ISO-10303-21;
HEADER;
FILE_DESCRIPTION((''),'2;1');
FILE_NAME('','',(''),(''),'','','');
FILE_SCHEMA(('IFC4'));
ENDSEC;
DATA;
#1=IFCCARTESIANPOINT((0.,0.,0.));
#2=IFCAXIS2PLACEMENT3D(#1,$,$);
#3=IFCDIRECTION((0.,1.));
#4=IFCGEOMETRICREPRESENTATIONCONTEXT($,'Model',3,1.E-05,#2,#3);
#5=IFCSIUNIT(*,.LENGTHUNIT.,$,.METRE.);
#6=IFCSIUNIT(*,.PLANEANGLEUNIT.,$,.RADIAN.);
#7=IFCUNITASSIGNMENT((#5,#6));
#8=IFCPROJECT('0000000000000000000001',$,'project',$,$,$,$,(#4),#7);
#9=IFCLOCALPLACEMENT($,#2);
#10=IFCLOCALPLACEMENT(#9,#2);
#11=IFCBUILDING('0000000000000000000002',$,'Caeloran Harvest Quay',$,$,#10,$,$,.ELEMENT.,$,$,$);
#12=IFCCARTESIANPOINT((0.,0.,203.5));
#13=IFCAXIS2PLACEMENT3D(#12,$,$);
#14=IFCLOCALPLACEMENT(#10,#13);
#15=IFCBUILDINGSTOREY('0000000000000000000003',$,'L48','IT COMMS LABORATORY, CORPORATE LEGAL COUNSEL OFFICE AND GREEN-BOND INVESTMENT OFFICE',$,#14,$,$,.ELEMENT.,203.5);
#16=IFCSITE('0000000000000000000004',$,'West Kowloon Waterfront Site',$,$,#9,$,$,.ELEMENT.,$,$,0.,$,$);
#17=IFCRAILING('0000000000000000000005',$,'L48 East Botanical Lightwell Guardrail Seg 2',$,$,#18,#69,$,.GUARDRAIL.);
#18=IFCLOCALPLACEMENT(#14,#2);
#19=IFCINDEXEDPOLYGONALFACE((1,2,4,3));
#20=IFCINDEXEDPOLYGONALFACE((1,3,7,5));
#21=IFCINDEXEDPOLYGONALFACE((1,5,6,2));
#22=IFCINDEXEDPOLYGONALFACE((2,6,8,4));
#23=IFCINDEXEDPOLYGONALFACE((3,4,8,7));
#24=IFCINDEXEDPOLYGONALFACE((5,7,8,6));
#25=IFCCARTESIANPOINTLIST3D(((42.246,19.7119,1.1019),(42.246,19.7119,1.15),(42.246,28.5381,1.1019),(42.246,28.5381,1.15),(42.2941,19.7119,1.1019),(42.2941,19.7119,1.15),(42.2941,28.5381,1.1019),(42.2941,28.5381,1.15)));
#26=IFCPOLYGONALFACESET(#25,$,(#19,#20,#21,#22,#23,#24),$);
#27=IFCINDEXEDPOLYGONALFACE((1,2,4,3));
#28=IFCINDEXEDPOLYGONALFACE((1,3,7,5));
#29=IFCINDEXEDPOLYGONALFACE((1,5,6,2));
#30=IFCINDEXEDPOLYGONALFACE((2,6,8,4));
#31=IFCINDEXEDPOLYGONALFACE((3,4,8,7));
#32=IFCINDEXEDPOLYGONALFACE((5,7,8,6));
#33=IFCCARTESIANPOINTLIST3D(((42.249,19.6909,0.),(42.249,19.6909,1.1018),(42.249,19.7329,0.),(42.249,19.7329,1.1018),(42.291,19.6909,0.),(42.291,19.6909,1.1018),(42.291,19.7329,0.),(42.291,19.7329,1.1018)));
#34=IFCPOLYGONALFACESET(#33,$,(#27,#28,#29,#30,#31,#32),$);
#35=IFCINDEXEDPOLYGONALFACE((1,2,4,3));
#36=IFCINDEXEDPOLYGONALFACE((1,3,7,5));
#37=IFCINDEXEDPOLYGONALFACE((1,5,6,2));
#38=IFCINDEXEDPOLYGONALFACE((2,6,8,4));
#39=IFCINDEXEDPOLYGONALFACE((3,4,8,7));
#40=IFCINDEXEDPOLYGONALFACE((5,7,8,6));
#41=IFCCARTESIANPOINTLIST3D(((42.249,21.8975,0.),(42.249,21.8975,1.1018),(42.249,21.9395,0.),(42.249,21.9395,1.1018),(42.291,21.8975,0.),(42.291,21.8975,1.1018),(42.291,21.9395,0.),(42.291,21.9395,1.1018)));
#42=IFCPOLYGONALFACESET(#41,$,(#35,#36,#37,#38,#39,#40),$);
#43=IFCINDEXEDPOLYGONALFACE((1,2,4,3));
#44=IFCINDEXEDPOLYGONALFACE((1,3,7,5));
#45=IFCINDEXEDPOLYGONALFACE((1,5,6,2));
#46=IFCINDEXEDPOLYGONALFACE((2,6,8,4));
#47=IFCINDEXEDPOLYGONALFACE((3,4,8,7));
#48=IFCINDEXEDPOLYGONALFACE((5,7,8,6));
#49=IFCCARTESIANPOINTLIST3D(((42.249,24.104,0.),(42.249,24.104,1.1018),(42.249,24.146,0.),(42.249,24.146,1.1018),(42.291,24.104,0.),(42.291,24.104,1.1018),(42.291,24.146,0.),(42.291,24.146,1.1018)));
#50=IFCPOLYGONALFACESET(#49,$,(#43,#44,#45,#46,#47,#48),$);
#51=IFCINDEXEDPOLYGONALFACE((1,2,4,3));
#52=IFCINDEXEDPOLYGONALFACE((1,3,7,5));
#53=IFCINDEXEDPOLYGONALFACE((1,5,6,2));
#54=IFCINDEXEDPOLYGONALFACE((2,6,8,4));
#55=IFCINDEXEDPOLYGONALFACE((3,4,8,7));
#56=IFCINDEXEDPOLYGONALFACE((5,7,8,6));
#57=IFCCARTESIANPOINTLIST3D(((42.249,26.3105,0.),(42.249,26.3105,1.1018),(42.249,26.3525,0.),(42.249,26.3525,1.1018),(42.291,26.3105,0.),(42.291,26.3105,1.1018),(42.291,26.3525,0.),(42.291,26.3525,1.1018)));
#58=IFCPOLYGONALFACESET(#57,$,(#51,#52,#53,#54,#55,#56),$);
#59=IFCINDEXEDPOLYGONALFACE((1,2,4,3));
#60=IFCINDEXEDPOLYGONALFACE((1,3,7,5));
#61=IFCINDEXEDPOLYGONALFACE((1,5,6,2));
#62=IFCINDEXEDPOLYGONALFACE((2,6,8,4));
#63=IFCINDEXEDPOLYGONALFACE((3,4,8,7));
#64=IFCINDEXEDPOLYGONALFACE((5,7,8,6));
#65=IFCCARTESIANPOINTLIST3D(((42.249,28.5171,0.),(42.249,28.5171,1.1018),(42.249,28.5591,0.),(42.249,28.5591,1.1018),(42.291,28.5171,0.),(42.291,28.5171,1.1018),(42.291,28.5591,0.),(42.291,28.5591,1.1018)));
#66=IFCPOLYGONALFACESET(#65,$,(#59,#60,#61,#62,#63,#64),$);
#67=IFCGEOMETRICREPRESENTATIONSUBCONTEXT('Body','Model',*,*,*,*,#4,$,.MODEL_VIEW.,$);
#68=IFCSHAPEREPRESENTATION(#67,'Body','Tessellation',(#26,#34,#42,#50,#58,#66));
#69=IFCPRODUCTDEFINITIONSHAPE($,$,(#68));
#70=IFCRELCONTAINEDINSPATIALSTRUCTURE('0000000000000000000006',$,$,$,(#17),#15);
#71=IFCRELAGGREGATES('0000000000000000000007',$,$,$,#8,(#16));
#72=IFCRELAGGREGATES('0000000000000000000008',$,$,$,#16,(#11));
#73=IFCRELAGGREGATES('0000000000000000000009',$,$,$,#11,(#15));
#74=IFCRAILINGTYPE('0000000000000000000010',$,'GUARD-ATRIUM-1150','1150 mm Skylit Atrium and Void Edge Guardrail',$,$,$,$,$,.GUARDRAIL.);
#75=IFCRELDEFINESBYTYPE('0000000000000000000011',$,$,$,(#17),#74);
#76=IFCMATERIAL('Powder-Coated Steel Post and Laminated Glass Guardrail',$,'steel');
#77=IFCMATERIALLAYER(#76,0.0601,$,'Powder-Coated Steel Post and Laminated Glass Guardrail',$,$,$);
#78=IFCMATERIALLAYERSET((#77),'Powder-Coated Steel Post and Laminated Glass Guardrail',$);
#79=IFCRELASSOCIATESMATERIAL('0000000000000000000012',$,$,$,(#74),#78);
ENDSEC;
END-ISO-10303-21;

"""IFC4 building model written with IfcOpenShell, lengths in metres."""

from ifc_helpers import new_model, si_unit, direction, frame, origin, origin_2d, place, context, subcontext, project, spatial, rectangle, extrude, material, layer, layer_set, type_object, element, save


model = new_model("IFC4")

# Units and contexts
model_context = context("Model", 3, precision=1e-05, world=origin(), true_north=direction((0.0, 1.0)))
body_context = subcontext(model_context, "Body", "Model", "MODEL_VIEW")
ifc_project = project(units=[si_unit("LENGTHUNIT", "METRE"), si_unit("PLANEANGLEUNIT", "RADIAN")], contexts=[model_context])

# Site, building, storey
site_placement = place(None, origin())
site = spatial("IfcSite", under=ifc_project, at=site_placement, Name="West Kowloon Waterfront Site", CompositionType="ELEMENT", RefElevation=0.0)
building_placement = place(site_placement, origin())
building = spatial("IfcBuilding", under=site, at=building_placement, Name="Caeloran Harvest Quay", CompositionType="ELEMENT")
storey_placement = place(building_placement, frame((0.0, 0.0, 203.5)))
storey = spatial("IfcBuildingStorey", under=building, at=storey_placement, Name="L48", Description="IT COMMS LABORATORY, CORPORATE LEGAL COUNSEL OFFICE AND GREEN-BOND INVESTMENT OFFICE", CompositionType="ELEMENT", Elevation=203.5)

# Railing
ifc_material_1 = material(Name="Powder-Coated Steel Post and Laminated Glass Guardrail", Category="steel")
ifc_layer_1 = layer(ifc_material_1, 0.0601, Name="Powder-Coated Steel Post and Laminated Glass Guardrail")
ifc_layer_set_1 = layer_set([ifc_layer_1], Name="Powder-Coated Steel Post and Laminated Glass Guardrail")
railing_type = type_object("IfcRailingType", Name="GUARD-ATRIUM-1150", Description="1150 mm Skylit Atrium and Void Edge Guardrail", PredefinedType="GUARDRAIL", material=ifc_layer_set_1)
railing_1_placement = place(storey_placement, frame((42.27, 19.7119, 0.0)))
element("IfcRailing", 1, at=railing_1_placement, inside=storey, type_object=railing_type, Name="L48 East Botanical Lightwell Guardrail Seg 2", PredefinedType="GUARDRAIL", context=body_context, shape_type="SweptSolid", body=[
    extrude(rectangle(XDim=0.0481, YDim=0.0481, at=origin_2d()), frame((0.0, 0.0, 1.126), z_axis=(0.0, 1.0, 0.0), x_axis=(-1.0, 0.0, 0.0)), (0.0, 0.0, 1.0), 8.8262),
    extrude(rectangle(XDim=0.042, YDim=0.042, at=origin_2d()), origin(), (0.0, 0.0, 1.0), 1.1018),
    extrude(rectangle(XDim=0.042, YDim=0.042, at=origin_2d()), frame((0.0, 2.2065, 0.0)), (0.0, 0.0, 1.0), 1.1018),
    extrude(rectangle(XDim=0.042, YDim=0.042, at=origin_2d()), frame((0.0, 4.4131, 0.0)), (0.0, 0.0, 1.0), 1.1018),
    extrude(rectangle(XDim=0.042, YDim=0.042, at=origin_2d()), frame((0.0, 6.6196, 0.0)), (0.0, 0.0, 1.0), 1.1018),
    extrude(rectangle(XDim=0.042, YDim=0.042, at=origin_2d()), frame((0.0, 8.8262, 0.0)), (0.0, 0.0, 1.0), 1.1018),
])

save(model, "model.ifc")
